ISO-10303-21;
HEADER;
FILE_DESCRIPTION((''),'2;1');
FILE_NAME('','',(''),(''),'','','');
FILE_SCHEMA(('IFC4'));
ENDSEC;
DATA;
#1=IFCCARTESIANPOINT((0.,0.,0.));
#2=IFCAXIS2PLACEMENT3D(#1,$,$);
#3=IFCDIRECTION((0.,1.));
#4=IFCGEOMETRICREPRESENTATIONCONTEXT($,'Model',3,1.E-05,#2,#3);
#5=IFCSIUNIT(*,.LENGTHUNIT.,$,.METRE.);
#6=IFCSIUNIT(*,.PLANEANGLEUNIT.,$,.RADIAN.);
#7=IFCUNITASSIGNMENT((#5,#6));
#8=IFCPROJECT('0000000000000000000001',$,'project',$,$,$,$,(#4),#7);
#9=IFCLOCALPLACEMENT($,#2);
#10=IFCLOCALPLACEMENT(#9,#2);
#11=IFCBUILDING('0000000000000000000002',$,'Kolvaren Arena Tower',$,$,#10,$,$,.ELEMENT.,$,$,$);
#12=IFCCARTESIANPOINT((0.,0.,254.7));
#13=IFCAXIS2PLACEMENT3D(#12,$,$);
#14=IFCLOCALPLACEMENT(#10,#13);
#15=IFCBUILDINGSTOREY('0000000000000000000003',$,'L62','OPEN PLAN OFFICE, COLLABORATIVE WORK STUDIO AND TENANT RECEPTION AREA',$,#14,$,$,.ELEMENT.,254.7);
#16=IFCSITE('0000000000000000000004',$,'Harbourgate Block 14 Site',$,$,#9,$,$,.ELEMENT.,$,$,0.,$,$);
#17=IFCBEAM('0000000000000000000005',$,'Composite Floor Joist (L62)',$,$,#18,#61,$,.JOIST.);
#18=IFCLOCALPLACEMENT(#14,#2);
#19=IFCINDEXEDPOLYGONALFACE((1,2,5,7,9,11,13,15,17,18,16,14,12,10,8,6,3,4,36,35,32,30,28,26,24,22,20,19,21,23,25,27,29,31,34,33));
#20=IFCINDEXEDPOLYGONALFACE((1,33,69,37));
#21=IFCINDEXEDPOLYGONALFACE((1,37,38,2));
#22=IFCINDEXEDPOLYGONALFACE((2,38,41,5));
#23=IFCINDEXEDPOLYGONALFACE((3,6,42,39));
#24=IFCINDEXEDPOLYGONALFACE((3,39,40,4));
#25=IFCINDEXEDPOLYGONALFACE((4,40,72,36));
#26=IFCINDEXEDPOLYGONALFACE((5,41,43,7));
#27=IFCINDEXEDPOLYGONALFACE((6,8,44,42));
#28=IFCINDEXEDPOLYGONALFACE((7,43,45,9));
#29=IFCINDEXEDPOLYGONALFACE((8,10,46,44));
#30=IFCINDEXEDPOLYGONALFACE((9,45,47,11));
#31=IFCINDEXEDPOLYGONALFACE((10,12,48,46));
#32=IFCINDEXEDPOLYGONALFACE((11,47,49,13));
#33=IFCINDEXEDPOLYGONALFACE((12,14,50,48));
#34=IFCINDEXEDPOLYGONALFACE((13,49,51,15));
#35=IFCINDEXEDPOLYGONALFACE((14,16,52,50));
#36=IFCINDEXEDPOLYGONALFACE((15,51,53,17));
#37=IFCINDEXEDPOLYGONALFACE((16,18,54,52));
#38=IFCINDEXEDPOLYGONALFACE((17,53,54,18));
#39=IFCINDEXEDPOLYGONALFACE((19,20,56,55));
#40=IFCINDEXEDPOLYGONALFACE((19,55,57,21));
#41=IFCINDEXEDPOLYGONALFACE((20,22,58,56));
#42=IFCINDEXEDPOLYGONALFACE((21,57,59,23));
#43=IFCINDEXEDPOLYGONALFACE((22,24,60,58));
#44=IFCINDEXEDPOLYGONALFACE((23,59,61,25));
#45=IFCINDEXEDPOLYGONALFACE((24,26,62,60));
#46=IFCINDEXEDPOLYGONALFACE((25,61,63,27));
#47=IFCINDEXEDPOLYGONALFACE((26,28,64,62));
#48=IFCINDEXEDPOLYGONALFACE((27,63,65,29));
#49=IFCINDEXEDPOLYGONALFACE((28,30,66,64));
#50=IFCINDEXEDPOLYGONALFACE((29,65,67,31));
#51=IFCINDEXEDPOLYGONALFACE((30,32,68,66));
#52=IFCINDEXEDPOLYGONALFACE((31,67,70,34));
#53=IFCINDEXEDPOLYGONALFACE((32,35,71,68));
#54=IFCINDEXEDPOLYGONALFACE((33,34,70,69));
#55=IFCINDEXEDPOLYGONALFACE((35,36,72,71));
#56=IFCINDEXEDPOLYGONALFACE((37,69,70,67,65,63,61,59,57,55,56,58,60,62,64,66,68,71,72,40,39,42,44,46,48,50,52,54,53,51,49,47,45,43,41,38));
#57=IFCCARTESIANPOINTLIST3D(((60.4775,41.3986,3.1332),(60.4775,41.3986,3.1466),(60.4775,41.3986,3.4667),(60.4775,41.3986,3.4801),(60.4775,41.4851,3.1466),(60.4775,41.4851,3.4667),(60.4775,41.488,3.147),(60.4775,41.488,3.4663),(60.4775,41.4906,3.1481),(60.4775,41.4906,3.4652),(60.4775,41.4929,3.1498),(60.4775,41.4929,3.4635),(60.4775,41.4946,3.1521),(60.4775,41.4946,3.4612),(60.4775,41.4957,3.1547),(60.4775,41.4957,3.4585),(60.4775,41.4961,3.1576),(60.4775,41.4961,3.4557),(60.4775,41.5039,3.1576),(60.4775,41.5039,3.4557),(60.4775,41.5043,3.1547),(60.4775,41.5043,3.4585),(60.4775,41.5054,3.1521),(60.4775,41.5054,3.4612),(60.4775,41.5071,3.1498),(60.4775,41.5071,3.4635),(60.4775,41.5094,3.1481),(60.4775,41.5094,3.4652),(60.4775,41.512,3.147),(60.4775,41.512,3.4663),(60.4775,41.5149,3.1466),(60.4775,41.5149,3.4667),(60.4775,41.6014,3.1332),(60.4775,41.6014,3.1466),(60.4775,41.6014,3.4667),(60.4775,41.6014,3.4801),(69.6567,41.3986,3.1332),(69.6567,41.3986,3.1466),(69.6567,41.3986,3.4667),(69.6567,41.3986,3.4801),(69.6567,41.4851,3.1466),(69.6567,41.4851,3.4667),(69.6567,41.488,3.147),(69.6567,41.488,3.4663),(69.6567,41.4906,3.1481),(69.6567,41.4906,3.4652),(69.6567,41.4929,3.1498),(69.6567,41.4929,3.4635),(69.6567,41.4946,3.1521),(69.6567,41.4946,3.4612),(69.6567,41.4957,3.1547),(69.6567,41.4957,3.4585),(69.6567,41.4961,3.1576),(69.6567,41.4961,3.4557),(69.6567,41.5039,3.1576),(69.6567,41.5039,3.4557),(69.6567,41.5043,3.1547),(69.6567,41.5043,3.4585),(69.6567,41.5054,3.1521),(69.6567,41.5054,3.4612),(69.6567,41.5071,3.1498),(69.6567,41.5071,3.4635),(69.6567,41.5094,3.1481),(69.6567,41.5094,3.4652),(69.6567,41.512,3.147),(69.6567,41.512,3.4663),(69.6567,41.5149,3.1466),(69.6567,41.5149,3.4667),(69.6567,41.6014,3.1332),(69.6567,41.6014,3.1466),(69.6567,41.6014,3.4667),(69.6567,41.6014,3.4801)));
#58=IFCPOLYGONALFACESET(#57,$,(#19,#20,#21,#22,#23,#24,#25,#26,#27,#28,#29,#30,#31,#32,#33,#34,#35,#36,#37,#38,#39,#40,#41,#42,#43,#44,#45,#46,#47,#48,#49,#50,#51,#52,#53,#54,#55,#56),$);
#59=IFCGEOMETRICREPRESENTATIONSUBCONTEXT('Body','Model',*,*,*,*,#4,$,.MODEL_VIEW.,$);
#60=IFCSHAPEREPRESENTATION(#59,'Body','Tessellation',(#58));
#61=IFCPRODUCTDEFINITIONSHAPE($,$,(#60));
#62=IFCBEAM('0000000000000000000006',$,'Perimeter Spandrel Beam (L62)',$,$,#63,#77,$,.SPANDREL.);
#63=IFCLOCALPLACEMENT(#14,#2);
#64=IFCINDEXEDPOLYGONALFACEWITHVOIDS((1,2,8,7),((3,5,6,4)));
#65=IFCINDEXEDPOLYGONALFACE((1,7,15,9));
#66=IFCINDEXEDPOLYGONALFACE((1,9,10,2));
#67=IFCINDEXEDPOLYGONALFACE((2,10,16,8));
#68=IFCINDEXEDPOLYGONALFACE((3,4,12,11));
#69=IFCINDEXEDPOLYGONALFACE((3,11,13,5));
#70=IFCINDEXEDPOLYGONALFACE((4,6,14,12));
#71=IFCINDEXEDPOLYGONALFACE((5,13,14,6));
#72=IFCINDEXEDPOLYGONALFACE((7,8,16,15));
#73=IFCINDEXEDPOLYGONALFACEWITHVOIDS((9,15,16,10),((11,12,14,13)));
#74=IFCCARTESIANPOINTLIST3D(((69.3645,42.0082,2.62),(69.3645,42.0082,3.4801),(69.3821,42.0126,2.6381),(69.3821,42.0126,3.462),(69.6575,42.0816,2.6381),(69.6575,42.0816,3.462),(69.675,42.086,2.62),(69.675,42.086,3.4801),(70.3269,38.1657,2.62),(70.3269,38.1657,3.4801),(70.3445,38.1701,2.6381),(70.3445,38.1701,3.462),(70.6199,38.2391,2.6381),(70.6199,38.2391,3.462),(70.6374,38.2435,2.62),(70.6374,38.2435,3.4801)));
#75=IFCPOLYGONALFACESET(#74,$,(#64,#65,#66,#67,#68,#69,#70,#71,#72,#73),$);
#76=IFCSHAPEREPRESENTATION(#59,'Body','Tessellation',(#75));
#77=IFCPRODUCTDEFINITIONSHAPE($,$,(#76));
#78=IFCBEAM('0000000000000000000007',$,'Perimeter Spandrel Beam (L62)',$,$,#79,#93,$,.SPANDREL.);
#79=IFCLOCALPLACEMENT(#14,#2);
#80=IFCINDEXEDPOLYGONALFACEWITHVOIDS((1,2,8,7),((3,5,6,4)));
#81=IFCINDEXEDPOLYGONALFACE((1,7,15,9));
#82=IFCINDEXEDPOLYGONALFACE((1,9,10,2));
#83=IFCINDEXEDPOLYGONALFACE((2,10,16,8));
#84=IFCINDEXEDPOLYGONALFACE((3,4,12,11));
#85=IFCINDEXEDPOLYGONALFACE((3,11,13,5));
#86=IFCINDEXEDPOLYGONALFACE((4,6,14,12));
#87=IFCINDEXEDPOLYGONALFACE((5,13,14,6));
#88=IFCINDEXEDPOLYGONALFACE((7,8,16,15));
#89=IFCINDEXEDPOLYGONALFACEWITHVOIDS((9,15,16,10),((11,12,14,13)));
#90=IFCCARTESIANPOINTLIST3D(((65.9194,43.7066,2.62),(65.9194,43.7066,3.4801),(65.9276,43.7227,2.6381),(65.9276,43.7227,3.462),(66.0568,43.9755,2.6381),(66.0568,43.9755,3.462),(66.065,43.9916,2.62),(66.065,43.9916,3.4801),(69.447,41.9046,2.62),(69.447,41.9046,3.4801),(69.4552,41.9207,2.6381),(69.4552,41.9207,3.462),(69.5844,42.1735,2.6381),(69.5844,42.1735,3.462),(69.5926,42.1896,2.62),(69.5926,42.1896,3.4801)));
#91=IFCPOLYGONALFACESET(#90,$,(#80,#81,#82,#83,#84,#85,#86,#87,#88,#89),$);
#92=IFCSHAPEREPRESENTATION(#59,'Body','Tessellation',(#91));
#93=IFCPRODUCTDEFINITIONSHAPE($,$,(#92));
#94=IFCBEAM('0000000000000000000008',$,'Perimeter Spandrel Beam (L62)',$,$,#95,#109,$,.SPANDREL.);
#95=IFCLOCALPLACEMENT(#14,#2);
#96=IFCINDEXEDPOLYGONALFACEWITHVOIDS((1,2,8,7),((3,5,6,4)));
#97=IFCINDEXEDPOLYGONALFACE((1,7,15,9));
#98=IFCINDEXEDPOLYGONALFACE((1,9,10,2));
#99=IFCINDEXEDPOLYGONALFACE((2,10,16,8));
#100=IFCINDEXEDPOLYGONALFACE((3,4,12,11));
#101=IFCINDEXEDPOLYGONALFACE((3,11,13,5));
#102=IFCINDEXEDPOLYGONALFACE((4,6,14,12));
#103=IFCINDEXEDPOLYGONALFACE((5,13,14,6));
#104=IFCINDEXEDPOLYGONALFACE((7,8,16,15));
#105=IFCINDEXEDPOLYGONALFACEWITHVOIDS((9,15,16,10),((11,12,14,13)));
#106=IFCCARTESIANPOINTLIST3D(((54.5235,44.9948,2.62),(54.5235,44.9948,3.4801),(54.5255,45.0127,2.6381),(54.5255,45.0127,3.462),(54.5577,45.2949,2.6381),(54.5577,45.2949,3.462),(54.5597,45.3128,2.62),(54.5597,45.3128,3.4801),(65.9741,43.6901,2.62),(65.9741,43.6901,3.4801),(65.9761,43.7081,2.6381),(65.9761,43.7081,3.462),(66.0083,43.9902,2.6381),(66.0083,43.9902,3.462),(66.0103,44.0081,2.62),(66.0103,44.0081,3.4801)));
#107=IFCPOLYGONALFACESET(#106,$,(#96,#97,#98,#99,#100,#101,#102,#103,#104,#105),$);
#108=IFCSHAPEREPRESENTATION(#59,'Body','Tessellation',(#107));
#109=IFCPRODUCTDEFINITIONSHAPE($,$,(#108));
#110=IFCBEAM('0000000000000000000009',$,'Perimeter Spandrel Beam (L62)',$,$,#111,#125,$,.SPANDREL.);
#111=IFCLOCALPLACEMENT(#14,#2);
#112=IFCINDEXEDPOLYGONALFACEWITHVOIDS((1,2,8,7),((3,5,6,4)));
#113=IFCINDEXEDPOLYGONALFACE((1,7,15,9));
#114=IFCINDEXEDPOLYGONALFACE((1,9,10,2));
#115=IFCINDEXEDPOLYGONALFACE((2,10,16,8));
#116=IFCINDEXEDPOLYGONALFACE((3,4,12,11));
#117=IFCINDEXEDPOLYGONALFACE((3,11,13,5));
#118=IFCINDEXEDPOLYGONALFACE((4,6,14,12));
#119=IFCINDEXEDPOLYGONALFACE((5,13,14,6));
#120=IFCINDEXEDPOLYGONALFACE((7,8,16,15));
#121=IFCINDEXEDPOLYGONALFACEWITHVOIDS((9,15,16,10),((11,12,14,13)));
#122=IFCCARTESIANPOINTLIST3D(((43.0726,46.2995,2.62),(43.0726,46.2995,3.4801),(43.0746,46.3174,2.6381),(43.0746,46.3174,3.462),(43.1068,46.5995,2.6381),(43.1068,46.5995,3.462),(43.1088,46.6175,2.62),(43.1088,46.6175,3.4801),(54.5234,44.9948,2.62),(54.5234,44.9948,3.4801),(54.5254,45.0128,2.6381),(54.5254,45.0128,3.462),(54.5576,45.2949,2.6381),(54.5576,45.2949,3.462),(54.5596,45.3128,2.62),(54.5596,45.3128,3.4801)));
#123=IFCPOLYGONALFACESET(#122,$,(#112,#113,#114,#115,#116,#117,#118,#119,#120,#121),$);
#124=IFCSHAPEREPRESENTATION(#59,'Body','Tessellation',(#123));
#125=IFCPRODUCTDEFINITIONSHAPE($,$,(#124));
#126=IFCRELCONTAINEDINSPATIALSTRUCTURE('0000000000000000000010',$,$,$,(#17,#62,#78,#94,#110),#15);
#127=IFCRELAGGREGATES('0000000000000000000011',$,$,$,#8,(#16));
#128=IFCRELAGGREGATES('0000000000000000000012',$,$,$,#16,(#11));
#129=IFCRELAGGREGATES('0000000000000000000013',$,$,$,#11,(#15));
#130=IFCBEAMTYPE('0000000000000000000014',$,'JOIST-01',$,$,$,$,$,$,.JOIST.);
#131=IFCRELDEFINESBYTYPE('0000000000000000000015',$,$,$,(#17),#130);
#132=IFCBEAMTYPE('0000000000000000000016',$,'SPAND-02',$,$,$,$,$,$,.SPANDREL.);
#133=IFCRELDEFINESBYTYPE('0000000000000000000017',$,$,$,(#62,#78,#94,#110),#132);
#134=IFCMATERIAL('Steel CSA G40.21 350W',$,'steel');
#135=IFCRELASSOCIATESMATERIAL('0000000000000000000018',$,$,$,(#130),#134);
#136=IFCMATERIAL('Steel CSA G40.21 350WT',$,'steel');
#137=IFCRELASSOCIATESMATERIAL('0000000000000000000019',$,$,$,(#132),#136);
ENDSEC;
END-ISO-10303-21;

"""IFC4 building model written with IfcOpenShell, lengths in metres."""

from ifc_helpers import new_model, si_unit, direction, frame, origin, origin_2d, place, context, subcontext, project, spatial, hollow_rectangle, i_section, extrude, material, material_profile, profile_set, type_object, element, save


model = new_model("IFC4")

# Units and contexts
model_context = context("Model", 3, precision=1e-05, world=origin(), true_north=direction((0.0, 1.0)))
body_context = subcontext(model_context, "Body", "Model", "MODEL_VIEW")
ifc_project = project(units=[si_unit("LENGTHUNIT", "METRE"), si_unit("PLANEANGLEUNIT", "RADIAN")], contexts=[model_context])

# Site, building, storey
site_placement = place(None, origin())
site = spatial("IfcSite", under=ifc_project, at=site_placement, Name="Harbourgate Block 14 Site", CompositionType="ELEMENT", RefElevation=0.0)
building_placement = place(site_placement, origin())
building = spatial("IfcBuilding", under=site, at=building_placement, Name="Kolvaren Arena Tower", CompositionType="ELEMENT")
storey_placement = place(building_placement, frame((0.0, 0.0, 254.7)))
storey = spatial("IfcBuildingStorey", under=building, at=storey_placement, Name="L62", Description="OPEN PLAN OFFICE, COLLABORATIVE WORK STUDIO AND TENANT RECEPTION AREA", CompositionType="ELEMENT", Elevation=254.7)

# Beams
ifc_material_1 = material(Name="Steel CSA G40.21 350W", Category="steel")
ifc_material_profile_1 = material_profile(ifc_material_1, i_section(OverallWidth=0.2029, OverallDepth=0.3469, WebThickness=0.0078, FlangeThickness=0.0134, FilletRadius=0.011, at=origin_2d()), Name="W360x64")
ifc_profile_set_1 = profile_set([ifc_material_profile_1], Name="Steel CSA G40.21 350W")
beam_type_1 = type_object("IfcBeamType", Name="JOIST-01", PredefinedType="JOIST", material=ifc_profile_set_1)
beam_1_placement = place(storey_placement, frame((60.4775, 41.5, 3.3066), z_axis=(1.0, 0.0, 0.0), x_axis=(0.0, 1.0, 0.0)))
element("IfcBeam", 1, at=beam_1_placement, inside=storey, type_object=beam_type_1, Name="Composite Floor Joist (L62)", PredefinedType="JOIST", context=body_context, shape_type="SweptSolid", body=[
    extrude(i_section(OverallWidth=0.2029, OverallDepth=0.3469, WebThickness=0.0078, FlangeThickness=0.0134, FilletRadius=0.011, at=origin_2d()), origin(), (0.0, 0.0, 1.0), 9.1792),
])
ifc_material_2 = material(Name="Steel CSA G40.21 350WT", Category="steel")
ifc_material_profile_2 = material_profile(ifc_material_2, hollow_rectangle(XDim=0.3201, YDim=0.8601, WallThickness=0.0181, at=origin_2d()), Name="HSS 860x320x18")
ifc_profile_set_2 = profile_set([ifc_material_profile_2], Name="Steel CSA G40.21 350WT")
beam_type_2 = type_object("IfcBeamType", Name="SPAND-02", PredefinedType="SPANDREL", material=ifc_profile_set_2)
for number, where, z_axis, x_axis, name in (
    (2, (70.4822, 38.2046, 3.05), (-0.242956, 0.970037, 0.0), (-0.970037, -0.242956, 0.0), "Perimeter Spandrel Beam (L62)"),
    (3, (69.5198, 42.0471, 3.05), (-0.890536, 0.454913, 0.0), (-0.454913, -0.890536, 0.0), "Perimeter Spandrel Beam (L62)"),
):
    element("IfcBeam", number, at=place(storey_placement, frame(where, z_axis=z_axis, x_axis=x_axis)), inside=storey, type_object=beam_type_2, Name=name, PredefinedType="SPANDREL", context=body_context, shape_type="SweptSolid", body=[
        extrude(hollow_rectangle(XDim=0.3201, YDim=0.8601, WallThickness=0.0181, at=origin_2d()), origin(), (0.0, 0.0, 1.0), 3.9612),
    ])
beam_2_placement = place(storey_placement, frame((65.9922, 43.8491, 3.05), z_axis=(-0.993571, 0.113207, 0.0), x_axis=(-0.113207, -0.993571, 0.0)))
element("IfcBeam", 4, at=beam_2_placement, inside=storey, type_object=beam_type_2, Name="Perimeter Spandrel Beam (L62)", PredefinedType="SPANDREL", context=body_context, shape_type="SweptSolid", body=[
    extrude(hollow_rectangle(XDim=0.3201, YDim=0.8601, WallThickness=0.0181, at=origin_2d()), origin(), (0.0, 0.0, 1.0), 11.5247),
])
beam_3_placement = place(storey_placement, frame((54.5415, 45.1538, 3.05), z_axis=(-0.993572, 0.113205, 0.0), x_axis=(-0.113205, -0.993572, 0.0)))
element("IfcBeam", 5, at=beam_3_placement, inside=storey, type_object=beam_type_2, Name="Perimeter Spandrel Beam (L62)", PredefinedType="SPANDREL", context=body_context, shape_type="SweptSolid", body=[
    extrude(hollow_rectangle(XDim=0.3201, YDim=0.8601, WallThickness=0.0181, at=origin_2d()), origin(), (0.0, 0.0, 1.0), 11.5249),
])

save(model, "model.ifc")
